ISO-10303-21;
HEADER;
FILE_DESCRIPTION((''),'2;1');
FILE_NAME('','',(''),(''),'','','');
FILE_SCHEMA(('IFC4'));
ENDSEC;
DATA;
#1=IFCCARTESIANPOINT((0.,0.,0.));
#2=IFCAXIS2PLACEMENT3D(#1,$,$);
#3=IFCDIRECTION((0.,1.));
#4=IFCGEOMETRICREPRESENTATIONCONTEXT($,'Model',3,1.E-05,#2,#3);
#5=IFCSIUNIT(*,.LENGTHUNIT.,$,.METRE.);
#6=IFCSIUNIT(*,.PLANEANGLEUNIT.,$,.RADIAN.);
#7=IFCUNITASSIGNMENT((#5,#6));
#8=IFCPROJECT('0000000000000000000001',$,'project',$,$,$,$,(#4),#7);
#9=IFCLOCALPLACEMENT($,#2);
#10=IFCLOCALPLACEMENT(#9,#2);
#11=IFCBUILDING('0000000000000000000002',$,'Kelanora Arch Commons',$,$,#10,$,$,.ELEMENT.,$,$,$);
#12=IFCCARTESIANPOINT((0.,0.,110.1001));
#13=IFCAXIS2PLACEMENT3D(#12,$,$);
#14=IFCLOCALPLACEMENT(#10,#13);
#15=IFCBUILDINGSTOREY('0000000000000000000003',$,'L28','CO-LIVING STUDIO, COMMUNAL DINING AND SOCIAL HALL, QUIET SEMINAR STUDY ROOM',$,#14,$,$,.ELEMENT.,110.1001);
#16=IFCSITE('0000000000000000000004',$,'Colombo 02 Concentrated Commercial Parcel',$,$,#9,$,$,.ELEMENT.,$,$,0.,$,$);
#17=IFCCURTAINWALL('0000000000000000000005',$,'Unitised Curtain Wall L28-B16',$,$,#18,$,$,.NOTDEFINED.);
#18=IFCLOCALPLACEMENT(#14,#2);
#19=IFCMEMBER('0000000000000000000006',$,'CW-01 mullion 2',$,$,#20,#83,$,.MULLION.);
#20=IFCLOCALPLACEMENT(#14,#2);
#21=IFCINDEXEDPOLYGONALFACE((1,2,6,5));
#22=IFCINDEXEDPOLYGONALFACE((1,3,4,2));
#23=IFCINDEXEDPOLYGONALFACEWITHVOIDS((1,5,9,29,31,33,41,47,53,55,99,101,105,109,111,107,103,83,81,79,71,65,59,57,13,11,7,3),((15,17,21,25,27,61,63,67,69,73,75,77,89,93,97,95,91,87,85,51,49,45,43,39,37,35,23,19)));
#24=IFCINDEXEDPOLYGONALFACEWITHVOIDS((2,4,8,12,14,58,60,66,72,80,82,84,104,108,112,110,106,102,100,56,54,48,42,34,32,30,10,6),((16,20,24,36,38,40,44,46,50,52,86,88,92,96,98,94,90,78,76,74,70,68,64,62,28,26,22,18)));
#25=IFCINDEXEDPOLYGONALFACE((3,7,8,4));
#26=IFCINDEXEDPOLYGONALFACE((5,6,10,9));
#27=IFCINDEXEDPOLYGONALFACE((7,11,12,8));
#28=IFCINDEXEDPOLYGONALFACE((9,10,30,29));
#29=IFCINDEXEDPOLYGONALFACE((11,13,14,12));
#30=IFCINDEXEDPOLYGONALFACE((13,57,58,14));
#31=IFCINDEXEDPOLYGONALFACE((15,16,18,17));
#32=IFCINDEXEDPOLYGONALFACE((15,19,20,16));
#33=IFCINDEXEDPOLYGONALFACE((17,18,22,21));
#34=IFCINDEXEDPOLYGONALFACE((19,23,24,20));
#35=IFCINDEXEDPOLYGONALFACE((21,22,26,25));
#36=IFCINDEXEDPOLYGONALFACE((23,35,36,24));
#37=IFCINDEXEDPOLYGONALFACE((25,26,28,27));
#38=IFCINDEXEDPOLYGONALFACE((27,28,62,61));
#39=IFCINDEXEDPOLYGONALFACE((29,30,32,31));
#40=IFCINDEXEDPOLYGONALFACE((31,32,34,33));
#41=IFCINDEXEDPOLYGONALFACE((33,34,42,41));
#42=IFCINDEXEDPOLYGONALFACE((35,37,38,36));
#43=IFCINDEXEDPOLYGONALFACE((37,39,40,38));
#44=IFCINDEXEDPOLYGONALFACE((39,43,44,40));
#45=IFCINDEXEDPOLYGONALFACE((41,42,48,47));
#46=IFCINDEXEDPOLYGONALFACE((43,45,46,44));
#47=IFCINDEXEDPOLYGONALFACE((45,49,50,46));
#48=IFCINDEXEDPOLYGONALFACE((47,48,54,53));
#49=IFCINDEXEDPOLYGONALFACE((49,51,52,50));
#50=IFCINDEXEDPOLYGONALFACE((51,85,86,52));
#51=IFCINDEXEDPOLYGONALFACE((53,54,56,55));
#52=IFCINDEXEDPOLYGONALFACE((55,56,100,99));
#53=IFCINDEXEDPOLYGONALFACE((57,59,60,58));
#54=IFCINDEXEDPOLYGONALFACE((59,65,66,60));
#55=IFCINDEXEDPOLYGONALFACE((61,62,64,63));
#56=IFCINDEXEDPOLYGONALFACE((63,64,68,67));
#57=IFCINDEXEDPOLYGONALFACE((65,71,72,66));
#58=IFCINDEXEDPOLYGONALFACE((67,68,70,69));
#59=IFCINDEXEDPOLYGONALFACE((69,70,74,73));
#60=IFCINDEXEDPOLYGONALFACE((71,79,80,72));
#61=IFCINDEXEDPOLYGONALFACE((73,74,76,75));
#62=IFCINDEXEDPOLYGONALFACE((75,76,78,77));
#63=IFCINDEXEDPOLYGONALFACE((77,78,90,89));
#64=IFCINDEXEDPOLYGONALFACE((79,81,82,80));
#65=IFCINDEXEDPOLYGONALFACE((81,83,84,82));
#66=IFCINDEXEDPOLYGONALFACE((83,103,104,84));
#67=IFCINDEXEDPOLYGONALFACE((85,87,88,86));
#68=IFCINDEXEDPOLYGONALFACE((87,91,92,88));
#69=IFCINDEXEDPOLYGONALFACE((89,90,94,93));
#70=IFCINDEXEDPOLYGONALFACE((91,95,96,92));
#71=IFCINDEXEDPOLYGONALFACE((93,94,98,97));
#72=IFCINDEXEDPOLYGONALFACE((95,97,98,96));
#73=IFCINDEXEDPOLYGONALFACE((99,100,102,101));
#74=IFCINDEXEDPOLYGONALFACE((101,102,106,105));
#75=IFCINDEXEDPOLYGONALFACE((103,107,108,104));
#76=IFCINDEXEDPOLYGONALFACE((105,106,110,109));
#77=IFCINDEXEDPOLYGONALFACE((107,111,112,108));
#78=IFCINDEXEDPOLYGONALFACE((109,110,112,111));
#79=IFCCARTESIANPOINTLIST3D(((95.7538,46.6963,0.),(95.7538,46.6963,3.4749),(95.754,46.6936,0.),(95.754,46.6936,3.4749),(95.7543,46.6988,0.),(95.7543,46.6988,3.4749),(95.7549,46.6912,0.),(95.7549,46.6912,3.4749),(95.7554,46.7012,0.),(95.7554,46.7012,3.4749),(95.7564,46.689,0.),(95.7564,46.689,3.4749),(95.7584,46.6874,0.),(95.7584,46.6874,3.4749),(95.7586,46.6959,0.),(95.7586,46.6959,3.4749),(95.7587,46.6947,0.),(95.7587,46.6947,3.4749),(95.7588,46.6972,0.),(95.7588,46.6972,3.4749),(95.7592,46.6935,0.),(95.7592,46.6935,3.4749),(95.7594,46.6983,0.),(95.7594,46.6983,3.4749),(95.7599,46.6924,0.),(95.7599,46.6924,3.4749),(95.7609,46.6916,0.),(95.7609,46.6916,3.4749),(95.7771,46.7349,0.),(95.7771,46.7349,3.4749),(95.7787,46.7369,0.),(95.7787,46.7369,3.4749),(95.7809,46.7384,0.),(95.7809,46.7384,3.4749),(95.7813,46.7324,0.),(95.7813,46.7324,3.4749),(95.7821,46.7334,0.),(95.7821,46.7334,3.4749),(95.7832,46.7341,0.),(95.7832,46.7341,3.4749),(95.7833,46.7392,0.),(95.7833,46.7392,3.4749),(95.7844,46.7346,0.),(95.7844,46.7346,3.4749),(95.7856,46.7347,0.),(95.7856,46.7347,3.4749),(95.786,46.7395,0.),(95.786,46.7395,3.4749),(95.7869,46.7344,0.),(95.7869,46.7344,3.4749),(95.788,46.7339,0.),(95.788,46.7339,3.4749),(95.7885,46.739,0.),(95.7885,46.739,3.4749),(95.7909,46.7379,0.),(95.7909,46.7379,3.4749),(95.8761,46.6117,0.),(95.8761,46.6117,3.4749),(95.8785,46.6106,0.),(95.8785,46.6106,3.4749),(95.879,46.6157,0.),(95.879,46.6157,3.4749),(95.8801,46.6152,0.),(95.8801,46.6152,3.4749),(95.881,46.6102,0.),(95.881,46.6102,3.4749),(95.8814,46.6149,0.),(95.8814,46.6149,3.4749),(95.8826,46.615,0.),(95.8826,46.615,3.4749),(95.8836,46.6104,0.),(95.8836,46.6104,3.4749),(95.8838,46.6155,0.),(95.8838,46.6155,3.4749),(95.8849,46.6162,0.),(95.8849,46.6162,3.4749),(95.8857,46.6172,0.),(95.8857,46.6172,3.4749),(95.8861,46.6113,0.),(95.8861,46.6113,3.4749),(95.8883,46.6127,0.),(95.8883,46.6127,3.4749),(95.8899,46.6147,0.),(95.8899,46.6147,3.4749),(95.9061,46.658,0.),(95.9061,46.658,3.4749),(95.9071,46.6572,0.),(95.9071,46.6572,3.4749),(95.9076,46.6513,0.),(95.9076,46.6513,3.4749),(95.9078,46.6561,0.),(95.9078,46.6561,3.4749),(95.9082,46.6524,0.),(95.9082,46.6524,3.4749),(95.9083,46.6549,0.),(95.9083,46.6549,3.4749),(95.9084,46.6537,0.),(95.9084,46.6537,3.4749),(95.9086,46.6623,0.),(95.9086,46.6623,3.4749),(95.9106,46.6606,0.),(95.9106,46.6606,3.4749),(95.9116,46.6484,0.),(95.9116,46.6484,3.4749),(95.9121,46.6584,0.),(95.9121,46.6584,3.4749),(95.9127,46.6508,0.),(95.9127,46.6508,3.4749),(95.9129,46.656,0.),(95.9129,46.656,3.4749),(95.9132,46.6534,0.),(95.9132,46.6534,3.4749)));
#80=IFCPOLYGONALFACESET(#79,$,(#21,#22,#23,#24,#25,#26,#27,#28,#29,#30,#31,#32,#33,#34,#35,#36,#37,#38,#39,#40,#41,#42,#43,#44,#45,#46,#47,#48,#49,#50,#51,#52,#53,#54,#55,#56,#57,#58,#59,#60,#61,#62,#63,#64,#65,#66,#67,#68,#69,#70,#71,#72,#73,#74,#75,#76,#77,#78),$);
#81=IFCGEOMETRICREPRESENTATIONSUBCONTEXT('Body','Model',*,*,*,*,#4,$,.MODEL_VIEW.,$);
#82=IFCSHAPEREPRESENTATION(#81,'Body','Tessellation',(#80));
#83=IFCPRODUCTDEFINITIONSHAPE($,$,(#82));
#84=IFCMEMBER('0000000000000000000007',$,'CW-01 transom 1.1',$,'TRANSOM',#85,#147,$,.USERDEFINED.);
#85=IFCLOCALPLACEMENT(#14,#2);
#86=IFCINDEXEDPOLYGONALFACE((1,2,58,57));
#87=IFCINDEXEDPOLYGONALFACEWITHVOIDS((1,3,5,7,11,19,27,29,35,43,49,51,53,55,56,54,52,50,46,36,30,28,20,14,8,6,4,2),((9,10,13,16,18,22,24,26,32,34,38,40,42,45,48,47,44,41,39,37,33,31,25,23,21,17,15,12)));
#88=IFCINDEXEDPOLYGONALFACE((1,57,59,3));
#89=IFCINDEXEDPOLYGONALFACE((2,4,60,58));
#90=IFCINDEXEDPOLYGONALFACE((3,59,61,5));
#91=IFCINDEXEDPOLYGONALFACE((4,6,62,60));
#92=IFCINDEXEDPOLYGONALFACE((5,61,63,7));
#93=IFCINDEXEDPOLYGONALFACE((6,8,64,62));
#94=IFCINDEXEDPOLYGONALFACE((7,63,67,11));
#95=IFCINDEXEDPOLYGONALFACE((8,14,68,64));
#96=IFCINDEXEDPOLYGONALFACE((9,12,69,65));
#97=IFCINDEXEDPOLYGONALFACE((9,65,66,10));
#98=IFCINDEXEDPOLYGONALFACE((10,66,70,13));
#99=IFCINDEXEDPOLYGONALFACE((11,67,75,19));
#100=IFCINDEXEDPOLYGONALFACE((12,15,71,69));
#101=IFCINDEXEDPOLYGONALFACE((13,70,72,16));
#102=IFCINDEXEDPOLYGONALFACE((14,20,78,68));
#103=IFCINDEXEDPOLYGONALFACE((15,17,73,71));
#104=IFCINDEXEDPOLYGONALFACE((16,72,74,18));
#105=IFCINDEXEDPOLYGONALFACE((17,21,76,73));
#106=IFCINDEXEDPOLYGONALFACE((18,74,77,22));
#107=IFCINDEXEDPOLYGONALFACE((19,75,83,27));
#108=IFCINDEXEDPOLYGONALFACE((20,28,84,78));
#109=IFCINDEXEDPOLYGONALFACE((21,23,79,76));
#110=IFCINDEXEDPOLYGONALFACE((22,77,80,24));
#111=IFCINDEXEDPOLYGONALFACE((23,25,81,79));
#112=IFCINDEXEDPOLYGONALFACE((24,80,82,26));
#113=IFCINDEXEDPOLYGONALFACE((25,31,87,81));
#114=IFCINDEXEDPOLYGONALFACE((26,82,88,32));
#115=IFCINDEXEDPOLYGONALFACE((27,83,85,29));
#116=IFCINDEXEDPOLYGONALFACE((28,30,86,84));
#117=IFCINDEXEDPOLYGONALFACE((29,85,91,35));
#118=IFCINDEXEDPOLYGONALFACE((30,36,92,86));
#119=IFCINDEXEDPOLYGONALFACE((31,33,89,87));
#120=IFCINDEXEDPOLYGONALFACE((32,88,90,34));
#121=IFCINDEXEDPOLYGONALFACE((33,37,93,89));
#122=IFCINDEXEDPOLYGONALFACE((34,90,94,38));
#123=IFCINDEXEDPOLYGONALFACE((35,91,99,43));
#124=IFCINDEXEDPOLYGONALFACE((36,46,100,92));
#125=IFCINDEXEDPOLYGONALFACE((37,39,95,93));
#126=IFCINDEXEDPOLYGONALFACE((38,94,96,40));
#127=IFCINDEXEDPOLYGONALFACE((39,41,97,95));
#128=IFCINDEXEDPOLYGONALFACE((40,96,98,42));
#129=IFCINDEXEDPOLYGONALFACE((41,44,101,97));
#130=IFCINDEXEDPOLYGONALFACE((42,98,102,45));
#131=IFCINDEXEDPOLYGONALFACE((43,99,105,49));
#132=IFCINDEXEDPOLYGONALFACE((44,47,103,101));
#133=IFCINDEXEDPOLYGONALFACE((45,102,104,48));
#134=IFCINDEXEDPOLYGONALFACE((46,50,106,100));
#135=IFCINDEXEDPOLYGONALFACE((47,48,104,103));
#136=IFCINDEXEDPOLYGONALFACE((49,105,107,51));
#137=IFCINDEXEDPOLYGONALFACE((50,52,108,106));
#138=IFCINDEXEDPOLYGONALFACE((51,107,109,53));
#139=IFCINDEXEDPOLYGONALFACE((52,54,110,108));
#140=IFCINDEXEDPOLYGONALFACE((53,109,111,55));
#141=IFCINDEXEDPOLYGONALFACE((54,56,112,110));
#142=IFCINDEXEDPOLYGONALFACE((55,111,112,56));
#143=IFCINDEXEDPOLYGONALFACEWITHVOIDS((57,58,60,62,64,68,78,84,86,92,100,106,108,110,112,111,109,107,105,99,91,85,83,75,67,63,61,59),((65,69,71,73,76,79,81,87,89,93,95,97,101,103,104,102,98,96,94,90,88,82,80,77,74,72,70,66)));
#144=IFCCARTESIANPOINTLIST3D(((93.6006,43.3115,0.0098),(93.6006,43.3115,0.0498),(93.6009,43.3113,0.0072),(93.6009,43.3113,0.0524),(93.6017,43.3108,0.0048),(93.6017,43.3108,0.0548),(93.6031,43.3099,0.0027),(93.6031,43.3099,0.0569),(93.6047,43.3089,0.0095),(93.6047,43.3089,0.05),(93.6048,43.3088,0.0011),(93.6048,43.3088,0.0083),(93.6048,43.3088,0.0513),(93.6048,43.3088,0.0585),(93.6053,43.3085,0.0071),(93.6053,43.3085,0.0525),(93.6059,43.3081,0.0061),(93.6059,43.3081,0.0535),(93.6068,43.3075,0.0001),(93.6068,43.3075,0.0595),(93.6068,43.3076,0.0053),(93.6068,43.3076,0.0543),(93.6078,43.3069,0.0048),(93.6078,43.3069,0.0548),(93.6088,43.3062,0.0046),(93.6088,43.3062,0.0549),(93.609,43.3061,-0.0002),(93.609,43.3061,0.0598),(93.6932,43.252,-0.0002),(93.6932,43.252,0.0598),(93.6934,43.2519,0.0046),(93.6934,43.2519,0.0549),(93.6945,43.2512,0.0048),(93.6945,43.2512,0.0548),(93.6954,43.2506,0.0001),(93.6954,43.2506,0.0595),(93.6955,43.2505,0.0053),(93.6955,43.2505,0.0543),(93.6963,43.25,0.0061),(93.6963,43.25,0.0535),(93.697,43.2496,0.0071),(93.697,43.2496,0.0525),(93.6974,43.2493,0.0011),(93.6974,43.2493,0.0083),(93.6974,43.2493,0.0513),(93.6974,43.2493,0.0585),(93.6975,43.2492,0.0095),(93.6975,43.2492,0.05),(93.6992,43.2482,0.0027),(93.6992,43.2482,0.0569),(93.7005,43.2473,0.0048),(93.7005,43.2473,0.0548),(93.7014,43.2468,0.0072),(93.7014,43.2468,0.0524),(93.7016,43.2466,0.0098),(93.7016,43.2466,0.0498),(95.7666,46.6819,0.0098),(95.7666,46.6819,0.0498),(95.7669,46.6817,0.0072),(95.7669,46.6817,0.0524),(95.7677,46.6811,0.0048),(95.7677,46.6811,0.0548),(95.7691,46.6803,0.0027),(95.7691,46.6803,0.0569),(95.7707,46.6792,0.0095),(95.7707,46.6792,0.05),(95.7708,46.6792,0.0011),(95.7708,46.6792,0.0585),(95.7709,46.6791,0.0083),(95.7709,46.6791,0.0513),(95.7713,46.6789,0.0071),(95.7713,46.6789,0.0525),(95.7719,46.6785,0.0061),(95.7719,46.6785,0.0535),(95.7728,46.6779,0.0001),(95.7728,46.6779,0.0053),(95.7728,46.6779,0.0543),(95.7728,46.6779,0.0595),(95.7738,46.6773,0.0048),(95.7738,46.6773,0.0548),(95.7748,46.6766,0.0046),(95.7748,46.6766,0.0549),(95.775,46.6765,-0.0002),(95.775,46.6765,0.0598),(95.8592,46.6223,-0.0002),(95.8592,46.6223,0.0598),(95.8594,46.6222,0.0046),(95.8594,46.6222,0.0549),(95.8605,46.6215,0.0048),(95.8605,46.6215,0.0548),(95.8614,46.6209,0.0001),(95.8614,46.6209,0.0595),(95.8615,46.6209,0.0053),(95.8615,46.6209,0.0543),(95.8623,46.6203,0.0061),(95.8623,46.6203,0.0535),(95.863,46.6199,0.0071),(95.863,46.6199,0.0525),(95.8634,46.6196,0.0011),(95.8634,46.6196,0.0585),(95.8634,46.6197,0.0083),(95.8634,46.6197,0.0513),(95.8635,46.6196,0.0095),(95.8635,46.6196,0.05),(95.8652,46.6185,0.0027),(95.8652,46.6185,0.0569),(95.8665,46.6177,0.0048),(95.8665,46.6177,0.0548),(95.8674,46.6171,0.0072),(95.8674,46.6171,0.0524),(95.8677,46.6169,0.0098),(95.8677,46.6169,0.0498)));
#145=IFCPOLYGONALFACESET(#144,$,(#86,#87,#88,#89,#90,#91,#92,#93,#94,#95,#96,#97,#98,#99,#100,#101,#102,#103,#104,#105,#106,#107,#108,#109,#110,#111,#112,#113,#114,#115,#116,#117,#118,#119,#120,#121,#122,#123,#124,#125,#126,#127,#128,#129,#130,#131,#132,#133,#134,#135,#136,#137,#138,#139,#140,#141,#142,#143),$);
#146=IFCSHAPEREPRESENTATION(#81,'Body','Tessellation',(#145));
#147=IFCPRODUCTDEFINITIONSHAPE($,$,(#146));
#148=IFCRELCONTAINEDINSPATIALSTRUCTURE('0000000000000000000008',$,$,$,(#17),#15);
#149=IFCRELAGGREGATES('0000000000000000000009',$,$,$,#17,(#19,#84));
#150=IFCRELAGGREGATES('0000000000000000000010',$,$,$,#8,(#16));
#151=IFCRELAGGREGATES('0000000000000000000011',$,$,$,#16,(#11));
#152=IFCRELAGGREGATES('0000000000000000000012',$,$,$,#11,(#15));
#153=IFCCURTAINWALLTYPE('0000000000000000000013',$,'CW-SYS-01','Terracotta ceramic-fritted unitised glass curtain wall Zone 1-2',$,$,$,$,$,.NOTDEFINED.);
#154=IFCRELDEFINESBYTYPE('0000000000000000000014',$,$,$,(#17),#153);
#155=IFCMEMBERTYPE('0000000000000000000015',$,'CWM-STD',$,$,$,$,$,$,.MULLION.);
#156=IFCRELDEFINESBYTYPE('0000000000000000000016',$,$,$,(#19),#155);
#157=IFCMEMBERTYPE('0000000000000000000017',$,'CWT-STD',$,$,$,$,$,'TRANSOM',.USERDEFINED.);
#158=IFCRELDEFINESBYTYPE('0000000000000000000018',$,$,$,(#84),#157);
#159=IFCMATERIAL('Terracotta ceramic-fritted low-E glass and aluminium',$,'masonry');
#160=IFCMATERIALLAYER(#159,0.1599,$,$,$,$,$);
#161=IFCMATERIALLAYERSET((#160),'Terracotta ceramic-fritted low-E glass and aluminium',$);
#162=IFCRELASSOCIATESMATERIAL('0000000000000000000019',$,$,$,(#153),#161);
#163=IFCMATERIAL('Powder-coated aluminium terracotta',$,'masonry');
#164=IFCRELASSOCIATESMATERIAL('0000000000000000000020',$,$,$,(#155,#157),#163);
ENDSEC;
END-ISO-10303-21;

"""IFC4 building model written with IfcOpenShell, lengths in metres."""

from ifc_helpers import new_model, si_unit, direction, frame, origin, origin_2d, place, context, subcontext, project, spatial, hollow_rectangle, extrude, material, layer, layer_set, material_profile, profile_set, type_object, element, aggregate, save


model = new_model("IFC4")

# Units and contexts
model_context = context("Model", 3, precision=1e-05, world=origin(), true_north=direction((0.0, 1.0)))
body_context = subcontext(model_context, "Body", "Model", "MODEL_VIEW")
ifc_project = project(units=[si_unit("LENGTHUNIT", "METRE"), si_unit("PLANEANGLEUNIT", "RADIAN")], contexts=[model_context])

# Site, building, storey
site_placement = place(None, origin())
site = spatial("IfcSite", under=ifc_project, at=site_placement, Name="Colombo 02 Concentrated Commercial Parcel", CompositionType="ELEMENT", RefElevation=0.0)
building_placement = place(site_placement, origin())
building = spatial("IfcBuilding", under=site, at=building_placement, Name="Kelanora Arch Commons", CompositionType="ELEMENT")
storey_placement = place(building_placement, frame((0.0, 0.0, 110.1001)))
storey = spatial("IfcBuildingStorey", under=building, at=storey_placement, Name="L28", Description="CO-LIVING STUDIO, COMMUNAL DINING AND SOCIAL HALL, QUIET SEMINAR STUDY ROOM", CompositionType="ELEMENT", Elevation=110.1001)

# Shared definitions
ifc_material_1 = material(Name="Terracotta ceramic-fritted low-E glass and aluminium", Category="masonry")
ifc_layer_1 = layer(ifc_material_1, 0.1599)
ifc_layer_set_1 = layer_set([ifc_layer_1], Name="Terracotta ceramic-fritted low-E glass and aluminium")
curtain_wall_type = type_object("IfcCurtainWallType", Name="CW-SYS-01", Description="Terracotta ceramic-fritted unitised glass curtain wall Zone 1-2", PredefinedType="NOTDEFINED", material=ifc_layer_set_1)
ifc_material_2 = material(Name="Powder-coated aluminium terracotta", Category="masonry")
ifc_material_profile_1 = material_profile(ifc_material_2, hollow_rectangle(XDim=0.1599, YDim=0.0601, WallThickness=0.0049, InnerFilletRadius=0.0049, OuterFilletRadius=0.01, at=origin_2d()), Name="CWM160x60")
ifc_profile_set_1 = profile_set([ifc_material_profile_1], Name="Powder-coated aluminium terracotta")
member_type_1 = type_object("IfcMemberType", Name="CWM-STD", PredefinedType="MULLION", material=ifc_profile_set_1)

# Curtain wall, members
curtain_wall_1_placement = place(storey_placement, origin())
curtain_wall_1 = element("IfcCurtainWall", 1, at=curtain_wall_1_placement, inside=storey, type_object=curtain_wall_type, Name="Unitised Curtain Wall L28-B16", PredefinedType="NOTDEFINED")
member_1_placement = place(storey_placement, frame((95.8335, 46.6748, 0.0), z_axis=(0.0, 0.0, 1.0), x_axis=(-0.841269, 0.540617, 0.0)))
member_1 = element("IfcMember", 2, at=member_1_placement, type_object=member_type_1, Name="CW-01 mullion 2", PredefinedType="MULLION", context=body_context, shape_type="SweptSolid", body=[
    extrude(hollow_rectangle(XDim=0.1599, YDim=0.0601, WallThickness=0.0049, InnerFilletRadius=0.0049, OuterFilletRadius=0.01, at=origin_2d()), origin(), (0.0, 0.0, 1.0), 3.4749),
])
ifc_material_profile_2 = material_profile(ifc_material_2, hollow_rectangle(XDim=0.1201, YDim=0.0601, WallThickness=0.0049, InnerFilletRadius=0.0049, OuterFilletRadius=0.01, at=origin_2d()), Name="CWT120x60")
ifc_profile_set_2 = profile_set([ifc_material_profile_2], Name="Powder-coated aluminium terracotta")
member_type_2 = type_object("IfcMemberType", Name="CWT-STD", ElementType="TRANSOM", PredefinedType="USERDEFINED", material=ifc_profile_set_2)
member_2_placement = place(storey_placement, frame((93.6511, 43.2791, 0.0298), z_axis=(0.540644, 0.841252, 0.0), x_axis=(-0.841252, 0.540644, 0.0)))
member_2 = element("IfcMember", 3, at=member_2_placement, type_object=member_type_2, Name="CW-01 transom 1.1", ObjectType="TRANSOM", PredefinedType="USERDEFINED", context=body_context, shape_type="SweptSolid", body=[
    extrude(hollow_rectangle(XDim=0.1201, YDim=0.0601, WallThickness=0.0049, InnerFilletRadius=0.0049, OuterFilletRadius=0.01, at=origin_2d()), origin(), (0.0, 0.0, 1.0), 4.0063),
])
aggregate(curtain_wall_1, [member_1, member_2])

save(model, "model.ifc")
